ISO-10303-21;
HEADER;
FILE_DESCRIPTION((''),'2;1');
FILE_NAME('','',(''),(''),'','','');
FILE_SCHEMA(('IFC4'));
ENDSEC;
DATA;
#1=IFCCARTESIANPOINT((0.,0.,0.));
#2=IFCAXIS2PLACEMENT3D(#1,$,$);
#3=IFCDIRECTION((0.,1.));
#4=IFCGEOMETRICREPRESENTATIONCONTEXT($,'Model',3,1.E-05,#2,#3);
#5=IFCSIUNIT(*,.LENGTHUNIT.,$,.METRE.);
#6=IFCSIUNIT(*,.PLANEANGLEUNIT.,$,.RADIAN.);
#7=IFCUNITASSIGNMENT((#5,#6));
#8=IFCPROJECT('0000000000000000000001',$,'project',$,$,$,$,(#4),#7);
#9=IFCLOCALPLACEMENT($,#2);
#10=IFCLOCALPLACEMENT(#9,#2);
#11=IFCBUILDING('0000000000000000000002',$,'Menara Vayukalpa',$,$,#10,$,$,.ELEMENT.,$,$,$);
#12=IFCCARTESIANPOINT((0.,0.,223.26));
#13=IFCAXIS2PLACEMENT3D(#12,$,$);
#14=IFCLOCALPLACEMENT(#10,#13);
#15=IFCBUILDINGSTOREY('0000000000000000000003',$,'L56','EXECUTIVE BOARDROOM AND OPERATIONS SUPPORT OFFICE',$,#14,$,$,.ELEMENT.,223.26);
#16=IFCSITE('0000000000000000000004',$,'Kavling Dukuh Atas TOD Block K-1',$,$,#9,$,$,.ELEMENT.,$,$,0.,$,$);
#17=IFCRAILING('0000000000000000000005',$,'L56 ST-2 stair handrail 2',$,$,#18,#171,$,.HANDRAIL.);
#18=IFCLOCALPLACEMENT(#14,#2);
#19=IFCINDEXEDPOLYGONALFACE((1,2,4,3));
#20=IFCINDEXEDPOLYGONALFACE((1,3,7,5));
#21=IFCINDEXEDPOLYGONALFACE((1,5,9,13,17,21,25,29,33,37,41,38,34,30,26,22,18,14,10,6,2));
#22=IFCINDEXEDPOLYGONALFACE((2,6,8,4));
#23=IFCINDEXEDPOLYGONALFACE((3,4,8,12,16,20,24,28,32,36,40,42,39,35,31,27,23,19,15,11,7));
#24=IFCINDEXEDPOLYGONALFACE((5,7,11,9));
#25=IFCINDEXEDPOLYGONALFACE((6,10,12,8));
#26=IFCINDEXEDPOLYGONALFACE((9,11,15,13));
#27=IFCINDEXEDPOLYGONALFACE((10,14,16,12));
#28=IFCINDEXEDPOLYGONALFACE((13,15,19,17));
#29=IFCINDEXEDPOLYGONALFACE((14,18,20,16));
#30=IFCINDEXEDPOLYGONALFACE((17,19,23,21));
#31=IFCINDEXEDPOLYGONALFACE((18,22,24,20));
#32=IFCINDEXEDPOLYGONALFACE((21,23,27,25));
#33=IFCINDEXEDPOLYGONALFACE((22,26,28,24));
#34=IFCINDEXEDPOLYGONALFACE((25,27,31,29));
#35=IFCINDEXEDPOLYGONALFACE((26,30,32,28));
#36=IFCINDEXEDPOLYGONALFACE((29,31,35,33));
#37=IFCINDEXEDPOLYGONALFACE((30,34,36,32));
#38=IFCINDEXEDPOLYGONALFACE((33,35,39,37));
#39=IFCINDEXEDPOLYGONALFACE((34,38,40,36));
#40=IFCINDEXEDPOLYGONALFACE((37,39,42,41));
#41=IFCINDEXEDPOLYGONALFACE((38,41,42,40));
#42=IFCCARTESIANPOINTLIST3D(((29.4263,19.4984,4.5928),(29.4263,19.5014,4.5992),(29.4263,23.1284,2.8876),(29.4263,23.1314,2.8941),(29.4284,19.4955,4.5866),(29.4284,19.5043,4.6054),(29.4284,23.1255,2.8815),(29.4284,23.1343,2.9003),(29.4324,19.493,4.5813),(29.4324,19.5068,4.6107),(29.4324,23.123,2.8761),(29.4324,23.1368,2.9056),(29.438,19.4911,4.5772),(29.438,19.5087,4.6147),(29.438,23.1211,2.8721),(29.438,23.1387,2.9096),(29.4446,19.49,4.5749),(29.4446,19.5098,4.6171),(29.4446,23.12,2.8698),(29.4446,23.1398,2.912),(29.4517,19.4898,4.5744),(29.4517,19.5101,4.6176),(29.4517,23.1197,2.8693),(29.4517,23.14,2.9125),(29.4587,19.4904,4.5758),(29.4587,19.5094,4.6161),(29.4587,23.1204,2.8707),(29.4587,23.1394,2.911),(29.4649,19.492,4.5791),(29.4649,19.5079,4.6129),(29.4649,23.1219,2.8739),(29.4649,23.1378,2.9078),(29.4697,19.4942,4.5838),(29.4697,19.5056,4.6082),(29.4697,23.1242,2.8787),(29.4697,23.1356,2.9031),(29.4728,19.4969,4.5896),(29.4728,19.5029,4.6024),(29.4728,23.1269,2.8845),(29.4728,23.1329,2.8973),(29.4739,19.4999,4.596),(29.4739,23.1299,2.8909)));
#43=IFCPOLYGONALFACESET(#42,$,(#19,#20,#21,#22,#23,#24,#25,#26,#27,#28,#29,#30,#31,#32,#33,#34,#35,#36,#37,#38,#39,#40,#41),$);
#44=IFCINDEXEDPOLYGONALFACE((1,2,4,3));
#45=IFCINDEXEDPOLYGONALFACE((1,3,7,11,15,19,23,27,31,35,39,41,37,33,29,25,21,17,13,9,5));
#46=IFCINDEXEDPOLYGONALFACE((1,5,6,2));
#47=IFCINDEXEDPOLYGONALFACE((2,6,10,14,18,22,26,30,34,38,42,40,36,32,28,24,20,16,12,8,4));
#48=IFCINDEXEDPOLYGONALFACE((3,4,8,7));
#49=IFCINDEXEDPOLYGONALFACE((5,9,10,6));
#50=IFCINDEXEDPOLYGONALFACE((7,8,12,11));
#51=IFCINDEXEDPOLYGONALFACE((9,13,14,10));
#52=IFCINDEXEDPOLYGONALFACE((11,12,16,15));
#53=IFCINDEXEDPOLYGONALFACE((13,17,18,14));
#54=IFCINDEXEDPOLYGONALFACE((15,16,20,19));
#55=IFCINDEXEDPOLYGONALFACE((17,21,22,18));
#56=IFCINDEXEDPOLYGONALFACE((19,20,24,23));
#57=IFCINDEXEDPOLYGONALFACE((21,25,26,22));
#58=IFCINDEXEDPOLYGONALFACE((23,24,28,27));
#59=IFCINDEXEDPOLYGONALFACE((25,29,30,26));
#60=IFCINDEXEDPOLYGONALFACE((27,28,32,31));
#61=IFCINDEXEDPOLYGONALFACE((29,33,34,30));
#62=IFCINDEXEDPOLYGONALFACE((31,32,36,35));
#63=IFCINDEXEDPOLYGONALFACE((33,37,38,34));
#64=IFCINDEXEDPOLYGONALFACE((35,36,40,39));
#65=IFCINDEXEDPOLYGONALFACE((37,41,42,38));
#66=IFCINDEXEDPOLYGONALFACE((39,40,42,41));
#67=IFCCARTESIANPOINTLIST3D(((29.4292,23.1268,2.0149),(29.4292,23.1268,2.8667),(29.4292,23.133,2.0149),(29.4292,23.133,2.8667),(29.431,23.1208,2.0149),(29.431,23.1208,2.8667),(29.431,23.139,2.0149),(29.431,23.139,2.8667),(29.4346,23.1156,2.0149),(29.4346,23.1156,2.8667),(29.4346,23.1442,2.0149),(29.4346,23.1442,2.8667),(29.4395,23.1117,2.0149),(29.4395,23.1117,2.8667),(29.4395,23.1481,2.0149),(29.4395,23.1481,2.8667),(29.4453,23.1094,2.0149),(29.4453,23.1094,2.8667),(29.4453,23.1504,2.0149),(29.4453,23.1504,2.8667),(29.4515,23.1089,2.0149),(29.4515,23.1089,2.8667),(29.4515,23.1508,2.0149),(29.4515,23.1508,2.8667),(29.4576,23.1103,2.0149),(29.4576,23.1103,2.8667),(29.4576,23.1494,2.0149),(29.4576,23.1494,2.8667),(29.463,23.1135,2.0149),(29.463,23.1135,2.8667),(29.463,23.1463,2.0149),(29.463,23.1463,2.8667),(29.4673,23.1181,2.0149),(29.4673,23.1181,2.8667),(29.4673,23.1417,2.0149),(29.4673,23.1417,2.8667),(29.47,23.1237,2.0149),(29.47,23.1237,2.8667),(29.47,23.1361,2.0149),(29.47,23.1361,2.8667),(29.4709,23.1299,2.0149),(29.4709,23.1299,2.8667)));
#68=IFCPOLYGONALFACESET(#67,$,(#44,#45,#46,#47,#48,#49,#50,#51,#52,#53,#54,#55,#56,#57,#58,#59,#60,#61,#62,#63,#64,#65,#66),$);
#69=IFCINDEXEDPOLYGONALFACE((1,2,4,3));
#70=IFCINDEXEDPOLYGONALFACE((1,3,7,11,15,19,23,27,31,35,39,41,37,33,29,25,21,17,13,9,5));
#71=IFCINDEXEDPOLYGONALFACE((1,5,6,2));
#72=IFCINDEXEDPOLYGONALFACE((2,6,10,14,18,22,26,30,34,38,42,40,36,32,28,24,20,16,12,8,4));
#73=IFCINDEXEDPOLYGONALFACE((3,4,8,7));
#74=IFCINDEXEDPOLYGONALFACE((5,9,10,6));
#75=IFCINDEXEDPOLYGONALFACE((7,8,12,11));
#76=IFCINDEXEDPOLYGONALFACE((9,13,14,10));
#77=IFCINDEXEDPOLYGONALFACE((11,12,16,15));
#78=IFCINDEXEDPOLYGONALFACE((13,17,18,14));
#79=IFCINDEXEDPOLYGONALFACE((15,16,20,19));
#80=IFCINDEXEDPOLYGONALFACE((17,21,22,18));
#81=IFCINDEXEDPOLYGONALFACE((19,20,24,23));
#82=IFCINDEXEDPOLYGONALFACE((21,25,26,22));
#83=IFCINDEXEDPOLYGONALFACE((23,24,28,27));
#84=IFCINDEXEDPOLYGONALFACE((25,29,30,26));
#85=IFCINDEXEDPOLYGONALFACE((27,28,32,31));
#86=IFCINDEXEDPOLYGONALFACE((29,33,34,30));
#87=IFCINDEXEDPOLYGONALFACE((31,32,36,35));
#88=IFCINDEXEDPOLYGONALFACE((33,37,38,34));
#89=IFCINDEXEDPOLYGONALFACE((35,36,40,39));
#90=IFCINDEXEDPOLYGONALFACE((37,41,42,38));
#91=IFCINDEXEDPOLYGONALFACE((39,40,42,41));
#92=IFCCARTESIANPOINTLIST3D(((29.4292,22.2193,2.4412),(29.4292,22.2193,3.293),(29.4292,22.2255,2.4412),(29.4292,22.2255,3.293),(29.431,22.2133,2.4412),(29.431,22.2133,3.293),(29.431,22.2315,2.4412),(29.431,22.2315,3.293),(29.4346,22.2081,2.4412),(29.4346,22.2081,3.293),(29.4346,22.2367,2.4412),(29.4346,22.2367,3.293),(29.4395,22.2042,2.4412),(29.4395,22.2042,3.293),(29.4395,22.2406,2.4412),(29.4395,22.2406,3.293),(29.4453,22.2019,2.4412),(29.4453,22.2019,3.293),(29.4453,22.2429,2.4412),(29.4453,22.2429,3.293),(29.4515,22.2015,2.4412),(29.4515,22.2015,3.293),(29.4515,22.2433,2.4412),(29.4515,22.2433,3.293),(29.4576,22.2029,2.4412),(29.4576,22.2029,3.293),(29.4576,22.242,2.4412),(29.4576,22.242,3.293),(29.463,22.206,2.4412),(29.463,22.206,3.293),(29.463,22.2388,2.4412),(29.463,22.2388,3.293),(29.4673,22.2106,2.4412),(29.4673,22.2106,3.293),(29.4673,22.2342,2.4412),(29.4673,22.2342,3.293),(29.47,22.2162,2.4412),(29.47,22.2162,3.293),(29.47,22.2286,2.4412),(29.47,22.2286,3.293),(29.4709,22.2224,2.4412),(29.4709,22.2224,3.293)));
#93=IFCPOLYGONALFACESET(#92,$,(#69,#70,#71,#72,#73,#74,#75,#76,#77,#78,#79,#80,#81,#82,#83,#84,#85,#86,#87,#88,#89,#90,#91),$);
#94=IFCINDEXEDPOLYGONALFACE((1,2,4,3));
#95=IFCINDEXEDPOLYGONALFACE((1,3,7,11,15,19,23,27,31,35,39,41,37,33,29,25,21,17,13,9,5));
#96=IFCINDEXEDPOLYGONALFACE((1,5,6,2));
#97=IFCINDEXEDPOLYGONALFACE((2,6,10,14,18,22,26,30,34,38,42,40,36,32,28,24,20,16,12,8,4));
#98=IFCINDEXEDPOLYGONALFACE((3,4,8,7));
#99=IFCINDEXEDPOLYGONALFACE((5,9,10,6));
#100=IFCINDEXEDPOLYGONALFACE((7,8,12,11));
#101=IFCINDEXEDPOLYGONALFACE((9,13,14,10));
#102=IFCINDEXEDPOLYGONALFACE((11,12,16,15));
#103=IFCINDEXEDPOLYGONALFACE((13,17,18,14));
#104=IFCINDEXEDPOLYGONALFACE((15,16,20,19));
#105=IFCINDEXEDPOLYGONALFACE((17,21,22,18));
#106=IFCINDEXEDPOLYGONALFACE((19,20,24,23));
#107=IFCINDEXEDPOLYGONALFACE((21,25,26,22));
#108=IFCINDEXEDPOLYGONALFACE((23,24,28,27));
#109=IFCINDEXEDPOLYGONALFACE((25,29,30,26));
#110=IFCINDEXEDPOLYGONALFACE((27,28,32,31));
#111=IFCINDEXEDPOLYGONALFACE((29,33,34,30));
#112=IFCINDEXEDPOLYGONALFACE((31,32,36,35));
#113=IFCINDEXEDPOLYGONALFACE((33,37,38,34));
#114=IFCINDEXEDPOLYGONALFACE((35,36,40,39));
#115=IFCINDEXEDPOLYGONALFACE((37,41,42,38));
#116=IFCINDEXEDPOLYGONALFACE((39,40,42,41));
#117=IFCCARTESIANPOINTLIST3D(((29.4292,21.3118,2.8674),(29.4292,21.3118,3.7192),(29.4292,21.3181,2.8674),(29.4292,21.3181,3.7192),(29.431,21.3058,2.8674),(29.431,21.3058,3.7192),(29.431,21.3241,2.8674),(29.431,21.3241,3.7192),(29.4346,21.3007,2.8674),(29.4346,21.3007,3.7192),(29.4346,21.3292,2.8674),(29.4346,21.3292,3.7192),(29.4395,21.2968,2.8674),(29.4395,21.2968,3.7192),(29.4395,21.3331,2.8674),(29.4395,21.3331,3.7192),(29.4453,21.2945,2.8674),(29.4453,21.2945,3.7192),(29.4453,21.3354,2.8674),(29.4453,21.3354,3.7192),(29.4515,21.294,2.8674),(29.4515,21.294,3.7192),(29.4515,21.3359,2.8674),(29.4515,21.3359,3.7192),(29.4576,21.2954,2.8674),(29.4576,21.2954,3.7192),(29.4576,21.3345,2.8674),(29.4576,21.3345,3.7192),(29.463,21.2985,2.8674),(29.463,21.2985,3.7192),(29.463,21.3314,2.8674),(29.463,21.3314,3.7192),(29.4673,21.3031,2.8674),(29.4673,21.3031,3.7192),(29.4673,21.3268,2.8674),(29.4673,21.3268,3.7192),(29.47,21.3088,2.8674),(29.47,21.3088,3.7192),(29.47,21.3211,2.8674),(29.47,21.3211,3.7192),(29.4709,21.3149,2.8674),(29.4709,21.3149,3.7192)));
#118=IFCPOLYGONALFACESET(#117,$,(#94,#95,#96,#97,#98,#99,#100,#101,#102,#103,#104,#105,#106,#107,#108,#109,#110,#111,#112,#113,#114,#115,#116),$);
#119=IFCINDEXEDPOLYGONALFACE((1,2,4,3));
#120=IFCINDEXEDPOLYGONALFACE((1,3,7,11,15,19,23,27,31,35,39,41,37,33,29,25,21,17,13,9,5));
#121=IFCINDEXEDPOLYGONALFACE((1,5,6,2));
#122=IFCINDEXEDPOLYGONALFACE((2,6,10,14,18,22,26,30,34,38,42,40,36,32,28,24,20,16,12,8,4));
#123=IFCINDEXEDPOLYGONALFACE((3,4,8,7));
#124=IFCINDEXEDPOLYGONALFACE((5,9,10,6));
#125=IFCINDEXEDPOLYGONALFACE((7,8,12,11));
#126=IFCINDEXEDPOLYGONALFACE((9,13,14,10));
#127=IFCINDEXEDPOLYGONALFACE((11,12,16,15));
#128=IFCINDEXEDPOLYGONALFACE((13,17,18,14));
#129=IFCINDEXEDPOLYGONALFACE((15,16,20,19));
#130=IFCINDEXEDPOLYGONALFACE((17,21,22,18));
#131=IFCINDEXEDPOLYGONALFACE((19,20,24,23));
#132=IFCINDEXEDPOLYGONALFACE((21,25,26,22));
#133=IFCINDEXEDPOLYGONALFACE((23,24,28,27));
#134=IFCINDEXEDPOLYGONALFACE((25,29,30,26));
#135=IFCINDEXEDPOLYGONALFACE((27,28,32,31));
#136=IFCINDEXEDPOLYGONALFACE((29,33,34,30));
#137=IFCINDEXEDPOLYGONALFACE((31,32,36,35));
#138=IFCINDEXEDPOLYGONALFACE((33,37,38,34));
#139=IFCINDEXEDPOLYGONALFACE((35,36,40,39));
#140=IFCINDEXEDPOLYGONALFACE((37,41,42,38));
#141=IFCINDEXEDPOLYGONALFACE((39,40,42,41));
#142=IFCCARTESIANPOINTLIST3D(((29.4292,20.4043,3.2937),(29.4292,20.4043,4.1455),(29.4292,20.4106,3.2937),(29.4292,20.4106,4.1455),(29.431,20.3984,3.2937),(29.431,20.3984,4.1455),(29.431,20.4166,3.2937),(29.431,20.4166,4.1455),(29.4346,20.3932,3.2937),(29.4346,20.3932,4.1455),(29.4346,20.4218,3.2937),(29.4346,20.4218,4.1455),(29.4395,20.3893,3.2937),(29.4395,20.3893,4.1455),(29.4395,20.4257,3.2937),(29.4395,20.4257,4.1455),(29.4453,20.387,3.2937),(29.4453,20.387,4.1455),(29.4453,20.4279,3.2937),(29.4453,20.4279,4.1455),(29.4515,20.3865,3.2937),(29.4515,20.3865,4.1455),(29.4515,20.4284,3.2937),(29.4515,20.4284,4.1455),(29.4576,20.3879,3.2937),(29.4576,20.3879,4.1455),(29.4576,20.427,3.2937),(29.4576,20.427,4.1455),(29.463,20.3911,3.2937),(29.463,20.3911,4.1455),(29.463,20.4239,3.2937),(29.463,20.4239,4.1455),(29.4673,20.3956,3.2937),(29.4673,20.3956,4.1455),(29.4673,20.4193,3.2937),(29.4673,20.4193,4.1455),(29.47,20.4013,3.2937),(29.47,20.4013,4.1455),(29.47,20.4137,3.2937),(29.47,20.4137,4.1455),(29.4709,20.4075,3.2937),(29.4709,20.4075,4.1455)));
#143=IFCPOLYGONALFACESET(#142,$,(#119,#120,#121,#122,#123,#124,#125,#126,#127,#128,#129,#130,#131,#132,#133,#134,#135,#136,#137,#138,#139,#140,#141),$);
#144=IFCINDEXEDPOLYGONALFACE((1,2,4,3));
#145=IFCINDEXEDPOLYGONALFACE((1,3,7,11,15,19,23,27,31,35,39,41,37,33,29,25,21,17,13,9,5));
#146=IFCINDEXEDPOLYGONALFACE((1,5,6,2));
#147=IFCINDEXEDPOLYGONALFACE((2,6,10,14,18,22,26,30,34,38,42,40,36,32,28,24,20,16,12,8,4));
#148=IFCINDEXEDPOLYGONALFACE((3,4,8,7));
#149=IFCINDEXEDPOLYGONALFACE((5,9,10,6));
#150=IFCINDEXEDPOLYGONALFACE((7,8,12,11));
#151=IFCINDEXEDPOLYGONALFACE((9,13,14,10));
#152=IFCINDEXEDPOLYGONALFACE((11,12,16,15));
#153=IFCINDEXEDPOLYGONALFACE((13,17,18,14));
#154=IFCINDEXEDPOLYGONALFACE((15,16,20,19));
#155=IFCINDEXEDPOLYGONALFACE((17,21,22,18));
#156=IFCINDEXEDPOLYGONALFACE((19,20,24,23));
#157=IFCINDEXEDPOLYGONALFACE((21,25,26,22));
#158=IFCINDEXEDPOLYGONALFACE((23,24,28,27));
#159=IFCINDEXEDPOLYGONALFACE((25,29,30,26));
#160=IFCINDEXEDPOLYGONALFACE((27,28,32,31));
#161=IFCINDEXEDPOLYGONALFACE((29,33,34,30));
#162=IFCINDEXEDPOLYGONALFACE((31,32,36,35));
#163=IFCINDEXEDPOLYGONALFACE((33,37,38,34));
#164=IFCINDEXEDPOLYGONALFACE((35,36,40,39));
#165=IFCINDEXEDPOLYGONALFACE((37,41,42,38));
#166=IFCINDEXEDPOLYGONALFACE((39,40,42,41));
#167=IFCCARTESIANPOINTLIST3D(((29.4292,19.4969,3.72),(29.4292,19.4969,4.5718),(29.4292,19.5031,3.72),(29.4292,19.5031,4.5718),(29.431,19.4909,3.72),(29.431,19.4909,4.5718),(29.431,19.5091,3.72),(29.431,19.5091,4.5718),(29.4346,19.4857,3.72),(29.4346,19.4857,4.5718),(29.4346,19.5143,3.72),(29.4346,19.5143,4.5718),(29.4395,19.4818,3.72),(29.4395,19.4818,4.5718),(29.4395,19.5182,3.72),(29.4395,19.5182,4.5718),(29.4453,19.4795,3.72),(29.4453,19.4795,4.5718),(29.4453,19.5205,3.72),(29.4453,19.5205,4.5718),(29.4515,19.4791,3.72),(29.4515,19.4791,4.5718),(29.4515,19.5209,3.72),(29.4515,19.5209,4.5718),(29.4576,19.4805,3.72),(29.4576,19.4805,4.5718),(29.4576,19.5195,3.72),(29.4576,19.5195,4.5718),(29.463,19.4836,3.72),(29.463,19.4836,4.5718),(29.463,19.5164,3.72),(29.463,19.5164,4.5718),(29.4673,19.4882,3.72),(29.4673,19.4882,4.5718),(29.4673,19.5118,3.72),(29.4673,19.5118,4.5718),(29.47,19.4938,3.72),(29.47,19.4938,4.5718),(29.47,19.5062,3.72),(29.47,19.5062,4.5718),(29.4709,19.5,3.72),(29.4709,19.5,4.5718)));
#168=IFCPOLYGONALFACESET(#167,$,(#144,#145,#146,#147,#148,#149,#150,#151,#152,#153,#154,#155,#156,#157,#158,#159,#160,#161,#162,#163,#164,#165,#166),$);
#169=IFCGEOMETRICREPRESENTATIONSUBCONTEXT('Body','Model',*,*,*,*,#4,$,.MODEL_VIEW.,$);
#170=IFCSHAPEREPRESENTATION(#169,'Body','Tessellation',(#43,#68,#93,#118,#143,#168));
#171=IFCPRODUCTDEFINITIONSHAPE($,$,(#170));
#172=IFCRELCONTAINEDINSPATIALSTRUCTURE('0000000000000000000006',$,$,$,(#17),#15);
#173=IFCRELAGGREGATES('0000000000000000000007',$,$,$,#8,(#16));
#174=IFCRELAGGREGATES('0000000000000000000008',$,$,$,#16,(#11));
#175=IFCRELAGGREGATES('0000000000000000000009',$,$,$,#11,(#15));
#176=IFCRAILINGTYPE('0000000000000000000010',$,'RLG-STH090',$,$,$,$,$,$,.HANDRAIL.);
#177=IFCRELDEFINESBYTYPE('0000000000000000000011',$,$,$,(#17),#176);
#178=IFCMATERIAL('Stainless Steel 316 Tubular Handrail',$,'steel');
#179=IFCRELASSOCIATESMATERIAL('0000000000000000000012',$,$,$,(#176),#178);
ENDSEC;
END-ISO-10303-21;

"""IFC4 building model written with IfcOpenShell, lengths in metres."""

from ifc_helpers import new_model, si_unit, direction, frame, origin, origin_2d, place, context, subcontext, project, spatial, circle, extrude, material, type_object, element, save


model = new_model("IFC4")

# Units and contexts
model_context = context("Model", 3, precision=1e-05, world=origin(), true_north=direction((0.0, 1.0)))
body_context = subcontext(model_context, "Body", "Model", "MODEL_VIEW")
ifc_project = project(units=[si_unit("LENGTHUNIT", "METRE"), si_unit("PLANEANGLEUNIT", "RADIAN")], contexts=[model_context])

# Site, building, storey
site_placement = place(None, origin())
site = spatial("IfcSite", under=ifc_project, at=site_placement, Name="Kavling Dukuh Atas TOD Block K-1", CompositionType="ELEMENT", RefElevation=0.0)
building_placement = place(site_placement, origin())
building = spatial("IfcBuilding", under=site, at=building_placement, Name="Menara Vayukalpa", CompositionType="ELEMENT")
storey_placement = place(building_placement, frame((0.0, 0.0, 223.26)))
storey = spatial("IfcBuildingStorey", under=building, at=storey_placement, Name="L56", Description="EXECUTIVE BOARDROOM AND OPERATIONS SUPPORT OFFICE", CompositionType="ELEMENT", Elevation=223.26)

# Railing
ifc_material_1 = material(Name="Stainless Steel 316 Tubular Handrail", Category="steel")
railing_type_1 = type_object("IfcRailingType", Name="RLG-STH090", PredefinedType="HANDRAIL", material=ifc_material_1)
railing_1_placement = place(storey_placement, frame((29.45, 23.1299, 2.0149)))
element("IfcRailing", 1, at=railing_1_placement, inside=storey, type_object=railing_type_1, Name="L56 ST-2 stair handrail 2", PredefinedType="HANDRAIL", context=body_context, shape_type="SweptSolid", body=[
    extrude(circle(Radius=0.0239, at=origin_2d()), frame((0.0, 0.0, 0.876), z_axis=(0.0, -0.905116, 0.425164), x_axis=(1.0, 0.0, 0.0)), (0.0, 0.0, 1.0), 4.0105),
    extrude(circle(Radius=0.021, at=origin_2d()), origin(), (0.0, 0.0, 1.0), 0.8518),
    extrude(circle(Radius=0.021, at=origin_2d()), frame((0.0, -0.9075, 0.4263)), (0.0, 0.0, 1.0), 0.8518),
    extrude(circle(Radius=0.021, at=origin_2d()), frame((0.0, -1.8149, 0.8525)), (0.0, 0.0, 1.0), 0.8518),
    extrude(circle(Radius=0.021, at=origin_2d()), frame((0.0, -2.7224, 1.2788)), (0.0, 0.0, 1.0), 0.8518),
    extrude(circle(Radius=0.021, at=origin_2d()), frame((0.0, -3.6299, 1.7051)), (0.0, 0.0, 1.0), 0.8518),
])

save(model, "model.ifc")
